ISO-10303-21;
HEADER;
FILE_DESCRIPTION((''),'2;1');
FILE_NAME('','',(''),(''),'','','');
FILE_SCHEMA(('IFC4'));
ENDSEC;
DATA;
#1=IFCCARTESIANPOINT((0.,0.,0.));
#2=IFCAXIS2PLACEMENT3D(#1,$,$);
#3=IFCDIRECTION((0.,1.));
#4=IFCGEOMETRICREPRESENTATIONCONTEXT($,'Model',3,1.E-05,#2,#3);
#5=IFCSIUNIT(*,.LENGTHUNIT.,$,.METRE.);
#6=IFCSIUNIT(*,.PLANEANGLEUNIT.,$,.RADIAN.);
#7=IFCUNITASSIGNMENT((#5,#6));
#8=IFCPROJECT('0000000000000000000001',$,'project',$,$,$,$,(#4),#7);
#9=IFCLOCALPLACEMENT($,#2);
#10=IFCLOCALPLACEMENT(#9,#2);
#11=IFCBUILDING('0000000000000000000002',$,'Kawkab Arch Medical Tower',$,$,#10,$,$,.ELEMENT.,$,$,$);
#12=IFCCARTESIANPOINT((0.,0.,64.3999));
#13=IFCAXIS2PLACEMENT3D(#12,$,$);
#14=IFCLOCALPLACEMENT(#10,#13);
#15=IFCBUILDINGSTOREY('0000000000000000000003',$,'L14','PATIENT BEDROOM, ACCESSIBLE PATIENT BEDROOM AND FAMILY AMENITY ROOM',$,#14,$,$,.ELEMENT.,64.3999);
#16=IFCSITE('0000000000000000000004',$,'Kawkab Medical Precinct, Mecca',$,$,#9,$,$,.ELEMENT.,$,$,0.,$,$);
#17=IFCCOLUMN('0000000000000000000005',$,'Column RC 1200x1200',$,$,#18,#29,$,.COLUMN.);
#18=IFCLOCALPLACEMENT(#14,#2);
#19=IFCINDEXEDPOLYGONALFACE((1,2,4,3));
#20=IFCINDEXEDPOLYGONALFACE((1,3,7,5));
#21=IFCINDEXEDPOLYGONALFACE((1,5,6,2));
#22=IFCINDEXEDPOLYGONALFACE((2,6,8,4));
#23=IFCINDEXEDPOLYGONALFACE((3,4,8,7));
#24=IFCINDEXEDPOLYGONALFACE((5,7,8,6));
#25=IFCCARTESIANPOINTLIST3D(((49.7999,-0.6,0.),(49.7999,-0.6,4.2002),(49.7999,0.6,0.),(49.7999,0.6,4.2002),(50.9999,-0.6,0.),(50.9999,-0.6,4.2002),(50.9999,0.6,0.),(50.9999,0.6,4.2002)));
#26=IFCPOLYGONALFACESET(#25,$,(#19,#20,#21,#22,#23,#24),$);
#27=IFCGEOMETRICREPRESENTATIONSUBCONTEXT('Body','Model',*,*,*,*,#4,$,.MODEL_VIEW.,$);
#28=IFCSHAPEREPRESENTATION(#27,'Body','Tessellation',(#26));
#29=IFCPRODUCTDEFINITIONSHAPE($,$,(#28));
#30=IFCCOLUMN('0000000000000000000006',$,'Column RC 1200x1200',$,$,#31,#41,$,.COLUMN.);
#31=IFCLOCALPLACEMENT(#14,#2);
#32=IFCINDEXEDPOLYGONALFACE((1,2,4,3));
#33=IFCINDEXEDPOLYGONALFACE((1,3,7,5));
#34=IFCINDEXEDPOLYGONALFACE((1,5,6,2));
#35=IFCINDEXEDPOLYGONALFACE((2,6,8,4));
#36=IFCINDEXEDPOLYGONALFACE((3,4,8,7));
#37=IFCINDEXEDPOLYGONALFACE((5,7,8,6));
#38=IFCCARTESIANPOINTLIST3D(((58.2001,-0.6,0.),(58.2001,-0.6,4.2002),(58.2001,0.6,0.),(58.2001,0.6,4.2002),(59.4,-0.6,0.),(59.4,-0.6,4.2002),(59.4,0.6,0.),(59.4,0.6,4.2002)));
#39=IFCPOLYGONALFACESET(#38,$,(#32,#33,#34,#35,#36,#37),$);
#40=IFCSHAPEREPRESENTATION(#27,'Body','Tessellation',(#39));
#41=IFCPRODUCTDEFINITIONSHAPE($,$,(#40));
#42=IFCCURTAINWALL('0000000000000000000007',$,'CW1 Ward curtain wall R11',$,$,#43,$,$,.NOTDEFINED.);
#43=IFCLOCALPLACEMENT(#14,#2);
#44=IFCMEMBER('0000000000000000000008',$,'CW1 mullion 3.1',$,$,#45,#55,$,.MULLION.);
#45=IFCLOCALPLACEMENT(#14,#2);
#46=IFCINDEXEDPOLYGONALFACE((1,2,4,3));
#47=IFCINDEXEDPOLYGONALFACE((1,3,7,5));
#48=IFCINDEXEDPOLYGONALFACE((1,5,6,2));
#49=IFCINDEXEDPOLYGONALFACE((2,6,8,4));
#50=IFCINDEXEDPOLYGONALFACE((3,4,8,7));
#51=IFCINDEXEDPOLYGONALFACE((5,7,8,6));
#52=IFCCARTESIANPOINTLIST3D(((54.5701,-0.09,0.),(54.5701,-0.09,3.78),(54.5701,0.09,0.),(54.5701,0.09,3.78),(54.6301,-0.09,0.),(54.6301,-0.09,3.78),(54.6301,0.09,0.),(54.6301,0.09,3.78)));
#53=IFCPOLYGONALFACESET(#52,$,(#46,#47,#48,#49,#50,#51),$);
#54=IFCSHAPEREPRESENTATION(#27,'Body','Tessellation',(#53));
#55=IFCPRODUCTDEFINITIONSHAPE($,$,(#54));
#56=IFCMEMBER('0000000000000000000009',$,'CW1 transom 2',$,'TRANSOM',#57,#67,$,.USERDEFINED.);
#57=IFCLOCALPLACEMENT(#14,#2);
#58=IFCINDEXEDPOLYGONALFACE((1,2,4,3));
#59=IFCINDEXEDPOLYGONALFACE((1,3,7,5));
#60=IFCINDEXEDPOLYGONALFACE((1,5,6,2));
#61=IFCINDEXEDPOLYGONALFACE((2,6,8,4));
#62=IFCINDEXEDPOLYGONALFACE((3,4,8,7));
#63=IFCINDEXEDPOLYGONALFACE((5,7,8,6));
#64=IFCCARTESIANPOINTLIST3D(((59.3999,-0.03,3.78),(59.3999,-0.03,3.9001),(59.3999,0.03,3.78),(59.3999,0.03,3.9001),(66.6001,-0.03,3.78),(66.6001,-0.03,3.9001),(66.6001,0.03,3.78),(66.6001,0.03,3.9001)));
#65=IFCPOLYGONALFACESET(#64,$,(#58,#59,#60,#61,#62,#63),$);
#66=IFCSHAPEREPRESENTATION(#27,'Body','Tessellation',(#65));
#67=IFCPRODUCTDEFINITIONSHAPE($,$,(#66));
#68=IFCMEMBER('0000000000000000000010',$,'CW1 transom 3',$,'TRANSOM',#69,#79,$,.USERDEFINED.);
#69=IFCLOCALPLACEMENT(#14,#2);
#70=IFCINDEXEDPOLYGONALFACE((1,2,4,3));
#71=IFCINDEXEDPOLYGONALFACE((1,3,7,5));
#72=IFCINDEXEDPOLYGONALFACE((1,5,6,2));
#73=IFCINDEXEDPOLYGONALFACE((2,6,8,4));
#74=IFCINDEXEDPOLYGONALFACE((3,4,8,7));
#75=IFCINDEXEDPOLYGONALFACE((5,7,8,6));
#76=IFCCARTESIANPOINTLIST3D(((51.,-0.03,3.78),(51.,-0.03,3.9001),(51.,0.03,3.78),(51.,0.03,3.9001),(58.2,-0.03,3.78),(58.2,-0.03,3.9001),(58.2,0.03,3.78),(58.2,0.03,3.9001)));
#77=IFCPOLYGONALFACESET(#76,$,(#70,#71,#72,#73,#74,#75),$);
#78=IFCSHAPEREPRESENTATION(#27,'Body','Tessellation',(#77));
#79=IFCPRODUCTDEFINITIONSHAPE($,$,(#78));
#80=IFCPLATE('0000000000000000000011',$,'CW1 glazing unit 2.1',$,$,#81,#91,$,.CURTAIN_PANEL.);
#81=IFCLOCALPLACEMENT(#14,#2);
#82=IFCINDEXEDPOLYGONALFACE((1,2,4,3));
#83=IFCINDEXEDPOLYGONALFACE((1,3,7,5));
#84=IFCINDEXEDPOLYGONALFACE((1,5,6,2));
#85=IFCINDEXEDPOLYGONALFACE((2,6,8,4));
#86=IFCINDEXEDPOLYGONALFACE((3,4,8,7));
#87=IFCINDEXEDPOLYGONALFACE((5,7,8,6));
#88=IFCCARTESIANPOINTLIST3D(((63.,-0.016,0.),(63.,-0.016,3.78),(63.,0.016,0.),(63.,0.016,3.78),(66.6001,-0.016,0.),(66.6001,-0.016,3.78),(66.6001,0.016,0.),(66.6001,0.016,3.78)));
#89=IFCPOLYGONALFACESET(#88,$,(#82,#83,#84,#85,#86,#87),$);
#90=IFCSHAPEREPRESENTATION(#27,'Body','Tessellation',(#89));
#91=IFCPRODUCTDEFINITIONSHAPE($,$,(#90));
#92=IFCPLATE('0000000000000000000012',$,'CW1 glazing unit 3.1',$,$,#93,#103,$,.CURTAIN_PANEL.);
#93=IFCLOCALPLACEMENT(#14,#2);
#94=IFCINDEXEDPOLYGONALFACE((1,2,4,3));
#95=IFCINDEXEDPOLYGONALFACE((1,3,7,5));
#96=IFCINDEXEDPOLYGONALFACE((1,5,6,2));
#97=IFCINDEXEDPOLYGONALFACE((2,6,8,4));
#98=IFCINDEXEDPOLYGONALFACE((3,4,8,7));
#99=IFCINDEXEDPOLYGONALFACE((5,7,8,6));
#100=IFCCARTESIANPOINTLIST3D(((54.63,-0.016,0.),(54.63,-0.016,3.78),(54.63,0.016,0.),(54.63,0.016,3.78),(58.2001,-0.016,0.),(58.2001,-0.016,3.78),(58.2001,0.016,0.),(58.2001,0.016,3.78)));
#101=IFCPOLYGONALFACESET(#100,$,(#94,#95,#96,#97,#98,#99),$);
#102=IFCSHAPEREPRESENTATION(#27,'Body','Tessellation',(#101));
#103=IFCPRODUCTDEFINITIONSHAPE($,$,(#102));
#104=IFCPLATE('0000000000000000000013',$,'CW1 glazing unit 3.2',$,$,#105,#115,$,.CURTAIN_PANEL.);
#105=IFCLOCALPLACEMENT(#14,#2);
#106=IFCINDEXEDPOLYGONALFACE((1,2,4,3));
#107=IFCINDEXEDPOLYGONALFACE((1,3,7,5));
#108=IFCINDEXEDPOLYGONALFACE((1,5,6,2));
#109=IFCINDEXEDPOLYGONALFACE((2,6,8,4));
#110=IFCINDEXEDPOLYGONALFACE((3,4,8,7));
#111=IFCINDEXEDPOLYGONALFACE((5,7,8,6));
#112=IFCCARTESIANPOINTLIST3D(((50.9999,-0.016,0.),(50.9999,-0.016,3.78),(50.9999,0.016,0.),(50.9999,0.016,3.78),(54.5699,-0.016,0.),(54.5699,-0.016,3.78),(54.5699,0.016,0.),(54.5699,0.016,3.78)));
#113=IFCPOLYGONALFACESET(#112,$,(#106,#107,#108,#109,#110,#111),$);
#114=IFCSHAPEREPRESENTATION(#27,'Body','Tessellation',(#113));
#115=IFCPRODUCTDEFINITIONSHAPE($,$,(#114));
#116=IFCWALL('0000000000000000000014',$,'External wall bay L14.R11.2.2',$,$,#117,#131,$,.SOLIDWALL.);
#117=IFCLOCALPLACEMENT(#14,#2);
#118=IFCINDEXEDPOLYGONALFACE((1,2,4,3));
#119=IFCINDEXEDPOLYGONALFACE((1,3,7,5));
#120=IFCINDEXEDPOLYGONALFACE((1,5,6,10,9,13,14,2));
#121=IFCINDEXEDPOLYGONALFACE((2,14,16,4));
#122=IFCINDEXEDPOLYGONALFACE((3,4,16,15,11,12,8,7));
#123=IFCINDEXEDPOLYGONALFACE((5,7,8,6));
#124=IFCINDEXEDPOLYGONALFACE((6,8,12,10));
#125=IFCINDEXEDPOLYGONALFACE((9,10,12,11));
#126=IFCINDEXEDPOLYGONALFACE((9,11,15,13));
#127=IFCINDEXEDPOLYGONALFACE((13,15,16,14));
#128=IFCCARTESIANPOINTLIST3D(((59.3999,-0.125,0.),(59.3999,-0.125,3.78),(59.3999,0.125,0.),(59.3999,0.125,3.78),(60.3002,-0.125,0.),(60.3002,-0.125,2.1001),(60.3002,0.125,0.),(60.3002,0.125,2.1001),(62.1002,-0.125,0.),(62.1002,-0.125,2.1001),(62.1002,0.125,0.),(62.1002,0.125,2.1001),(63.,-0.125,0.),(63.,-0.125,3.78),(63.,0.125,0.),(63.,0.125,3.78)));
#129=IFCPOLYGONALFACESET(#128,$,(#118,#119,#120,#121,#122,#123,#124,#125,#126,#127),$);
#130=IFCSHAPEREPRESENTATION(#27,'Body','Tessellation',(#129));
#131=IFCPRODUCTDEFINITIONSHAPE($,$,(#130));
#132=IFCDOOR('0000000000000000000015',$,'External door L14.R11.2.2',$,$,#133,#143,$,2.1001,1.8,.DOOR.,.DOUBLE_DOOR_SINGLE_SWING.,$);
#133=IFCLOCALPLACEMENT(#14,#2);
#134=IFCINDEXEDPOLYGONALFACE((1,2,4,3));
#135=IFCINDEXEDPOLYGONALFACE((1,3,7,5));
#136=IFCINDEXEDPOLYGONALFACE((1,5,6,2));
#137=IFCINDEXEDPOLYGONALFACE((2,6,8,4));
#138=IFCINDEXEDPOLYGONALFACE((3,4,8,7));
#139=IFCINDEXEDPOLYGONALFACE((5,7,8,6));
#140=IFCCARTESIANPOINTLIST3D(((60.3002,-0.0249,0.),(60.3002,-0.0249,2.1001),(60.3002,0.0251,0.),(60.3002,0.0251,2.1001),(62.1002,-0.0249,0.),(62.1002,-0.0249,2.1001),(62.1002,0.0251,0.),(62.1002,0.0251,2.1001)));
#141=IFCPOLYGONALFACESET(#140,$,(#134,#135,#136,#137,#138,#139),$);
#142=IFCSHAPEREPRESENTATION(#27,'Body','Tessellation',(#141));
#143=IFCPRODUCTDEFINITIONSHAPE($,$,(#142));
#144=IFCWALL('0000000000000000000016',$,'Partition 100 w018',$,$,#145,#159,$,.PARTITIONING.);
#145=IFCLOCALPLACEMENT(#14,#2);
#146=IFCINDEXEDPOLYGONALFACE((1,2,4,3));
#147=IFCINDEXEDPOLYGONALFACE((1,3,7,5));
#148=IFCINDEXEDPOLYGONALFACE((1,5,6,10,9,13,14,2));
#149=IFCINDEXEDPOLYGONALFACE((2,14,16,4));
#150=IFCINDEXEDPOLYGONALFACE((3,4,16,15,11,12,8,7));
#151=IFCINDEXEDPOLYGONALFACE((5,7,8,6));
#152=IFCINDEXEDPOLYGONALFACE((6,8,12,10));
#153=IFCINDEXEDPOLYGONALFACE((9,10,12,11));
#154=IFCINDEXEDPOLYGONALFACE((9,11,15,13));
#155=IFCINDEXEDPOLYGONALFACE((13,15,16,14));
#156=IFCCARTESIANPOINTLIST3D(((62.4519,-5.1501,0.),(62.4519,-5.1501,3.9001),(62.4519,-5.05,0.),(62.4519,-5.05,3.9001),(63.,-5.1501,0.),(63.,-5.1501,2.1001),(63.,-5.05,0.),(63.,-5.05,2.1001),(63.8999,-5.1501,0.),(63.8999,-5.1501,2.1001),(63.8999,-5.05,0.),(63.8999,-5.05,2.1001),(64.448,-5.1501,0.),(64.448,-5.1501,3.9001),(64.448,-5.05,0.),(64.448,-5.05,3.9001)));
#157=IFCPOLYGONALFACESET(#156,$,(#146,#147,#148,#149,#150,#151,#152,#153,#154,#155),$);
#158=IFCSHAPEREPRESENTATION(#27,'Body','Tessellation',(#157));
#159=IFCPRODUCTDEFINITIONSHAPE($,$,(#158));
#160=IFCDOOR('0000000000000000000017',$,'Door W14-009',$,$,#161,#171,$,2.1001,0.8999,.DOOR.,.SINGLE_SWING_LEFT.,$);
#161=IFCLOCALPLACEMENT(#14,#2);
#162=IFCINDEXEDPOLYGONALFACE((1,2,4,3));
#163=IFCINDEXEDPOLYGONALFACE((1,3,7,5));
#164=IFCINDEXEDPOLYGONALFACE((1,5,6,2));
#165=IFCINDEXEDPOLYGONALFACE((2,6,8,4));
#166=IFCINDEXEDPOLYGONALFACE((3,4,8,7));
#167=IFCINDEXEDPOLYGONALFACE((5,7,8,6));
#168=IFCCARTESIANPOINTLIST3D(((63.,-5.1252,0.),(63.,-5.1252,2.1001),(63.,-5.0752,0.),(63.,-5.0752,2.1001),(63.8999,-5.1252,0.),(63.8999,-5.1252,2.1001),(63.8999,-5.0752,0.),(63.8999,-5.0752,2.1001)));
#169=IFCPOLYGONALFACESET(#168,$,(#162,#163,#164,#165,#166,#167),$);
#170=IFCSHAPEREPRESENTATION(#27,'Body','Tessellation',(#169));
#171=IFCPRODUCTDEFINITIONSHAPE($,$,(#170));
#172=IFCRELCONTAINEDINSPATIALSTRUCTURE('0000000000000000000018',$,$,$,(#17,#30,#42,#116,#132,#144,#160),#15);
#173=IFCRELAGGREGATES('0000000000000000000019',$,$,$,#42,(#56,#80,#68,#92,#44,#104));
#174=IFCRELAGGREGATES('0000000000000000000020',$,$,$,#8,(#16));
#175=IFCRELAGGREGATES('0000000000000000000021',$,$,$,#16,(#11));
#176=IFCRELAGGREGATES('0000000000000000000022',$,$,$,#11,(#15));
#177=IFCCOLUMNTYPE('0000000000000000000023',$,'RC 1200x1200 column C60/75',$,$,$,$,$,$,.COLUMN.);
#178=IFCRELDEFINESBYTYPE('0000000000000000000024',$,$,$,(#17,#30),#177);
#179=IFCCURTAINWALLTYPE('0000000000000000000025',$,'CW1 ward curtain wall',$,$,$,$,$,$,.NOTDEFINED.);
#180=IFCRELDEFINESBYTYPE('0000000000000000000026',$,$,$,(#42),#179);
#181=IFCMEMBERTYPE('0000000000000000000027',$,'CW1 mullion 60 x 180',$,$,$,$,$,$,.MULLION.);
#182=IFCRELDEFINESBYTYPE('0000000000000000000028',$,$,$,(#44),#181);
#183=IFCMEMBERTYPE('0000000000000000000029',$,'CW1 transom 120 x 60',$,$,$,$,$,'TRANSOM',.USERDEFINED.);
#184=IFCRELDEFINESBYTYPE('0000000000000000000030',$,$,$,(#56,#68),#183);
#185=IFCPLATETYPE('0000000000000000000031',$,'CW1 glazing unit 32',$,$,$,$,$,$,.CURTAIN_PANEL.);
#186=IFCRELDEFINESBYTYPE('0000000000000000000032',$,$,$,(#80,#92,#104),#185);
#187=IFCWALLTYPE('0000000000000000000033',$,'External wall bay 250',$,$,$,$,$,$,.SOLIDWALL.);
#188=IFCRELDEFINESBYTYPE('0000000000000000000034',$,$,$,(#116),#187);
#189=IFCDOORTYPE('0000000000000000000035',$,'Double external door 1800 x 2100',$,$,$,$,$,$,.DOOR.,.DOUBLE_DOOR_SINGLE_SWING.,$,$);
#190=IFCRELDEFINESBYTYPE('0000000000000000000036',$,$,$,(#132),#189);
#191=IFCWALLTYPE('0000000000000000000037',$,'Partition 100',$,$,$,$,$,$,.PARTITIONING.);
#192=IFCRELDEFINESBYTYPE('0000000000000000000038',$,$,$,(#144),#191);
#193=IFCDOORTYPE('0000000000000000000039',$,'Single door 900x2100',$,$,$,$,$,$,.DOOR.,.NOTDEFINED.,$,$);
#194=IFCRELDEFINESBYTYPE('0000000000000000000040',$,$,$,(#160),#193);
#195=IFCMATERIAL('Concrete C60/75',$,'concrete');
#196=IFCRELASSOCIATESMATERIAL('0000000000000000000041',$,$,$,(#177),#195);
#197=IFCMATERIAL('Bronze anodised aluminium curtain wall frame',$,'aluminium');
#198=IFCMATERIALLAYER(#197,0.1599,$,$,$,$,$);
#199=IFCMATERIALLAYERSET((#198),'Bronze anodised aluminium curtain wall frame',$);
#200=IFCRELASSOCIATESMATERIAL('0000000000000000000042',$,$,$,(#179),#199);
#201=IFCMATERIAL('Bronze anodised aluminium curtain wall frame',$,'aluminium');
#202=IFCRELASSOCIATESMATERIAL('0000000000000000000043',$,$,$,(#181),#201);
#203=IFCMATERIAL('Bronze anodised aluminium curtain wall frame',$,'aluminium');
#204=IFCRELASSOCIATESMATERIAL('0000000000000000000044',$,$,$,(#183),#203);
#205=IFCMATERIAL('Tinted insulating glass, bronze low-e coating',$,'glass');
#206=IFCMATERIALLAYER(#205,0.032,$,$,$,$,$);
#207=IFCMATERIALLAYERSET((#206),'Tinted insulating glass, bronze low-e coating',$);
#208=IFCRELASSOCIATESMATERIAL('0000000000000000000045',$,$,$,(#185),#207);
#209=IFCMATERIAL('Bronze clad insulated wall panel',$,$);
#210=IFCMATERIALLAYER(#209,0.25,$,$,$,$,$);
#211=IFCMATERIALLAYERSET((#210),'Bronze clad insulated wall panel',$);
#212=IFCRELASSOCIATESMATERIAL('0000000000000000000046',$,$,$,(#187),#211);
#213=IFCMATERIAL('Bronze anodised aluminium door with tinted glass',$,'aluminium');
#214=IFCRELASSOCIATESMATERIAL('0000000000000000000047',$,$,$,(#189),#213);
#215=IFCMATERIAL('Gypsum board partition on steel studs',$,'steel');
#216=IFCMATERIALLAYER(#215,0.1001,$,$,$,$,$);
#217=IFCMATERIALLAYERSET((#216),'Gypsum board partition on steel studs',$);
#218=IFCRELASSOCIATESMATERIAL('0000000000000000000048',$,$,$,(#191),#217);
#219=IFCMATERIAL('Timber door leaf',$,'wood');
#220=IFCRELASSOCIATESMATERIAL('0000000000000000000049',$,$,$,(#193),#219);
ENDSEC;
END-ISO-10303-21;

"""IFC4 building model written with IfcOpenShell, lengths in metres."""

from ifc_helpers import new_model, si_unit, direction, frame, frame_2d, origin, origin_2d, place, context, subcontext, project, spatial, rectangle, extrude, material, layer, layer_set, material_profile, profile_set, type_object, element, fill, aggregate, save


model = new_model("IFC4")

# Units and contexts
model_context = context("Model", 3, precision=1e-05, world=origin(), true_north=direction((0.0, 1.0)))
body_context = subcontext(model_context, "Body", "Model", "MODEL_VIEW")
ifc_project = project(units=[si_unit("LENGTHUNIT", "METRE"), si_unit("PLANEANGLEUNIT", "RADIAN")], contexts=[model_context])

# Site, building, storey
site_placement = place(None, origin())
site = spatial("IfcSite", under=ifc_project, at=site_placement, Name="Kawkab Medical Precinct, Mecca", CompositionType="ELEMENT", RefElevation=0.0)
building_placement = place(site_placement, origin())
building = spatial("IfcBuilding", under=site, at=building_placement, Name="Kawkab Arch Medical Tower", CompositionType="ELEMENT")
storey_placement = place(building_placement, frame((0.0, 0.0, 64.3999)))
storey = spatial("IfcBuildingStorey", under=building, at=storey_placement, Name="L14", Description="PATIENT BEDROOM, ACCESSIBLE PATIENT BEDROOM AND FAMILY AMENITY ROOM", CompositionType="ELEMENT", Elevation=64.3999)

# Columns
ifc_material_1 = material(Name="Concrete C60/75", Category="concrete")
ifc_material_profile_1 = material_profile(ifc_material_1, rectangle(XDim=1.2, YDim=1.2, at=origin_2d()), Name="RC 1200x1200")
ifc_profile_set_1 = profile_set([ifc_material_profile_1], Name="Concrete C60/75")
column_type = type_object("IfcColumnType", Name="RC 1200x1200 column C60/75", PredefinedType="COLUMN", material=ifc_profile_set_1)
for number, where, z_axis, x_axis, name in (
    (1, (50.3999, 0.0, 0.0), (0.0, 0.0, 1.0), (1.0, 0.0, 0.0), "Column RC 1200x1200"),
    (2, (58.8, 0.0, 0.0), (0.0, 0.0, 1.0), (1.0, 0.0, 0.0), "Column RC 1200x1200"),
):
    element("IfcColumn", number, at=place(storey_placement, frame(where, z_axis=z_axis, x_axis=x_axis)), inside=storey, type_object=column_type, Name=name, PredefinedType="COLUMN", context=body_context, shape_type="SweptSolid", body=[
        extrude(rectangle(XDim=1.2, YDim=1.2, at=origin_2d()), origin(), (0.0, 0.0, 1.0), 4.2002),
    ])

# Curtain wall, members, plates
ifc_material_2 = material(Name="Bronze anodised aluminium curtain wall frame", Category="aluminium")
ifc_layer_1 = layer(ifc_material_2, 0.1599)
ifc_layer_set_1 = layer_set([ifc_layer_1], Name="Bronze anodised aluminium curtain wall frame")
curtain_wall_type = type_object("IfcCurtainWallType", Name="CW1 ward curtain wall", PredefinedType="NOTDEFINED", material=ifc_layer_set_1)
curtain_wall_placement = place(storey_placement, origin())
curtain_wall = element("IfcCurtainWall", 3, at=curtain_wall_placement, inside=storey, type_object=curtain_wall_type, Name="CW1 Ward curtain wall R11", PredefinedType="NOTDEFINED")
ifc_material_3 = material(Name="Bronze anodised aluminium curtain wall frame", Category="aluminium")
ifc_material_profile_2 = material_profile(ifc_material_3, rectangle(XDim=0.1799, YDim=0.0601, at=origin_2d()), Name="AL 60x180")
ifc_profile_set_2 = profile_set([ifc_material_profile_2], Name="Bronze anodised aluminium curtain wall frame")
member_type_1 = type_object("IfcMemberType", Name="CW1 mullion 60 x 180", PredefinedType="MULLION", material=ifc_profile_set_2)
member_1_placement = place(storey_placement, frame((54.6001, 0.0, 0.0), z_axis=(0.0, 0.0, 1.0), x_axis=(0.0, -1.0, 0.0)))
member_1 = element("IfcMember", 4, at=member_1_placement, type_object=member_type_1, Name="CW1 mullion 3.1", PredefinedType="MULLION", context=body_context, shape_type="SweptSolid", body=[
    extrude(rectangle(XDim=0.1799, YDim=0.0601, at=origin_2d()), origin(), (0.0, 0.0, 1.0), 3.78),
])
ifc_material_4 = material(Name="Bronze anodised aluminium curtain wall frame", Category="aluminium")
ifc_material_profile_3 = material_profile(ifc_material_4, rectangle(XDim=0.0601, YDim=0.1201, at=origin_2d()), Name="AL 60x120")
ifc_profile_set_3 = profile_set([ifc_material_profile_3], Name="Bronze anodised aluminium curtain wall frame")
member_type_2 = type_object("IfcMemberType", Name="CW1 transom 120 x 60", ElementType="TRANSOM", PredefinedType="USERDEFINED", material=ifc_profile_set_3)
member_2_placement = place(storey_placement, frame((66.6001, 0.0, 3.8401), z_axis=(-1.0, 0.0, 0.0), x_axis=(0.0, -1.0, 0.0)))
member_2 = element("IfcMember", 5, at=member_2_placement, type_object=member_type_2, Name="CW1 transom 2", ObjectType="TRANSOM", PredefinedType="USERDEFINED", context=body_context, shape_type="SweptSolid", body=[
    extrude(rectangle(XDim=0.0601, YDim=0.1201, at=origin_2d()), origin(), (0.0, 0.0, 1.0), 7.2002),
])
member_3_placement = place(storey_placement, frame((58.2, 0.0, 3.8401), z_axis=(-1.0, 0.0, 0.0), x_axis=(0.0, -1.0, 0.0)))
member_3 = element("IfcMember", 6, at=member_3_placement, type_object=member_type_2, Name="CW1 transom 3", ObjectType="TRANSOM", PredefinedType="USERDEFINED", context=body_context, shape_type="SweptSolid", body=[
    extrude(rectangle(XDim=0.0601, YDim=0.1201, at=origin_2d()), origin(), (0.0, 0.0, 1.0), 7.2),
])
ifc_material_5 = material(Name="Tinted insulating glass, bronze low-e coating", Category="glass")
ifc_layer_2 = layer(ifc_material_5, 0.032)
ifc_layer_set_2 = layer_set([ifc_layer_2], Name="Tinted insulating glass, bronze low-e coating")
plate_type = type_object("IfcPlateType", Name="CW1 glazing unit 32", PredefinedType="CURTAIN_PANEL", material=ifc_layer_set_2)
plate_1_placement = place(storey_placement, frame((64.8, 0.0, 0.0), z_axis=(0.0, 0.0, 1.0), x_axis=(-1.0, 0.0, 0.0)))
plate_1 = element("IfcPlate", 7, at=plate_1_placement, type_object=plate_type, Name="CW1 glazing unit 2.1", PredefinedType="CURTAIN_PANEL", context=body_context, shape_type="SweptSolid", body=[
    extrude(rectangle(XDim=3.6001, YDim=0.032, at=origin_2d()), origin(), (0.0, 0.0, 1.0), 3.78),
])
plate_2_placement = place(storey_placement, frame((56.415, 0.0, 0.0), z_axis=(0.0, 0.0, 1.0), x_axis=(-1.0, 0.0, 0.0)))
plate_2 = element("IfcPlate", 8, at=plate_2_placement, type_object=plate_type, Name="CW1 glazing unit 3.1", PredefinedType="CURTAIN_PANEL", context=body_context, shape_type="SweptSolid", body=[
    extrude(rectangle(XDim=3.5701, YDim=0.032, at=origin_2d()), origin(), (0.0, 0.0, 1.0), 3.78),
])
plate_3_placement = place(storey_placement, frame((52.7849, 0.0, 0.0), z_axis=(0.0, 0.0, 1.0), x_axis=(-1.0, 0.0, 0.0)))
plate_3 = element("IfcPlate", 9, at=plate_3_placement, type_object=plate_type, Name="CW1 glazing unit 3.2", PredefinedType="CURTAIN_PANEL", context=body_context, shape_type="SweptSolid", body=[
    extrude(rectangle(XDim=3.5701, YDim=0.032, at=origin_2d()), origin(), (0.0, 0.0, 1.0), 3.78),
])
aggregate(curtain_wall, [member_2, plate_1, member_3, plate_2, member_1, plate_3])

# Walls, openings, doors
ifc_material_6 = material(Name="Bronze clad insulated wall panel")
ifc_layer_3 = layer(ifc_material_6, 0.25)
ifc_layer_set_3 = layer_set([ifc_layer_3], Name="Bronze clad insulated wall panel")
wall_type_1 = type_object("IfcWallType", Name="External wall bay 250", PredefinedType="SOLIDWALL", material=ifc_layer_set_3)
wall_1_placement = place(storey_placement, frame((63.0, 0.0, 0.0), z_axis=(0.0, 0.0, 1.0), x_axis=(-1.0, 0.0, 0.0)))
wall_1 = element("IfcWall", 10, at=wall_1_placement, inside=storey, type_object=wall_type_1, Name="External wall bay L14.R11.2.2", PredefinedType="SOLIDWALL", context=body_context, shape_type="SweptSolid", body=[
    extrude(rectangle(XDim=3.6001, YDim=0.25, at=frame_2d((1.8, 0.0))), origin(), (0.0, 0.0, 1.0), 3.78),
])
opening_1_placement = place(wall_1_placement, frame((0.8999, 0.0, 0.0)))
opening_1 = element("IfcOpeningElement", 11, at=opening_1_placement, cuts=wall_1, PredefinedType="OPENING", context=body_context, shape_type="SweptSolid", body=[
    extrude(rectangle(XDim=1.8, YDim=2.1001, at=frame_2d((0.8999, 1.05))), frame((0.0, 0.135, 0.0), z_axis=(0.0, -1.0, 0.0), x_axis=(1.0, 0.0, 0.0)), (0.0, 0.0, 1.0), 0.27),
])
ifc_material_7 = material(Name="Bronze anodised aluminium door with tinted glass", Category="aluminium")
door_type_1 = type_object("IfcDoorType", Name="Double external door 1800 x 2100", OperationType="DOUBLE_DOOR_SINGLE_SWING", PredefinedType="DOOR", material=ifc_material_7)
door_1_placement = place(opening_1_placement, origin())
door_1 = element("IfcDoor", 12, at=door_1_placement, inside=storey, type_object=door_type_1, Name="External door L14.R11.2.2", OperationType="DOUBLE_DOOR_SINGLE_SWING", OverallHeight=2.1001, OverallWidth=1.8, PredefinedType="DOOR", context=body_context, shape_type="SweptSolid", body=[
    extrude(rectangle(XDim=1.8, YDim=2.1001, at=frame_2d((0.8999, 1.05))), frame((0.0, 0.0249, 0.0), z_axis=(0.0, -1.0, 0.0), x_axis=(1.0, 0.0, 0.0)), (0.0, 0.0, 1.0), 0.05),
])
fill(opening_1, door_1)
ifc_material_8 = material(Name="Gypsum board partition on steel studs", Category="steel")
ifc_layer_4 = layer(ifc_material_8, 0.1001)
ifc_layer_set_4 = layer_set([ifc_layer_4], Name="Gypsum board partition on steel studs")
wall_type_2 = type_object("IfcWallType", Name="Partition 100", PredefinedType="PARTITIONING", material=ifc_layer_set_4)
wall_2_placement = place(storey_placement, frame((62.4519, -5.1001, 0.0), z_axis=(0.0, 0.0, 1.0), x_axis=(1.0, 0.0, 0.0)))
wall_2 = element("IfcWall", 13, at=wall_2_placement, inside=storey, type_object=wall_type_2, Name="Partition 100 w018", PredefinedType="PARTITIONING", context=body_context, shape_type="SweptSolid", body=[
    extrude(rectangle(XDim=1.9961, YDim=0.1001, at=frame_2d((0.998, 0.0))), origin(), (0.0, 0.0, 1.0), 3.9001),
])
opening_2_placement = place(wall_2_placement, frame((0.5481, 0.0, 0.0)))
opening_2 = element("IfcOpeningElement", 14, at=opening_2_placement, cuts=wall_2, PredefinedType="OPENING", context=body_context, shape_type="SweptSolid", body=[
    extrude(rectangle(XDim=0.8999, YDim=2.1001, at=frame_2d((0.45, 1.05))), frame((0.0, 0.0601, 0.0), z_axis=(0.0, -1.0, 0.0), x_axis=(1.0, 0.0, 0.0)), (0.0, 0.0, 1.0), 0.1201),
])
ifc_material_9 = material(Name="Timber door leaf", Category="wood")
door_type_2 = type_object("IfcDoorType", Name="Single door 900x2100", OperationType="NOTDEFINED", PredefinedType="DOOR", material=ifc_material_9)
door_2_placement = place(opening_2_placement, origin())
door_2 = element("IfcDoor", 15, at=door_2_placement, inside=storey, type_object=door_type_2, Name="Door W14-009", OperationType="SINGLE_SWING_LEFT", OverallHeight=2.1001, OverallWidth=0.8999, PredefinedType="DOOR", context=body_context, shape_type="SweptSolid", body=[
    extrude(rectangle(XDim=0.8999, YDim=2.1001, at=frame_2d((0.45, 1.05))), frame((0.0, 0.0249, 0.0), z_axis=(0.0, -1.0, 0.0), x_axis=(1.0, 0.0, 0.0)), (0.0, 0.0, 1.0), 0.05),
])
fill(opening_2, door_2)

save(model, "model.ifc")
